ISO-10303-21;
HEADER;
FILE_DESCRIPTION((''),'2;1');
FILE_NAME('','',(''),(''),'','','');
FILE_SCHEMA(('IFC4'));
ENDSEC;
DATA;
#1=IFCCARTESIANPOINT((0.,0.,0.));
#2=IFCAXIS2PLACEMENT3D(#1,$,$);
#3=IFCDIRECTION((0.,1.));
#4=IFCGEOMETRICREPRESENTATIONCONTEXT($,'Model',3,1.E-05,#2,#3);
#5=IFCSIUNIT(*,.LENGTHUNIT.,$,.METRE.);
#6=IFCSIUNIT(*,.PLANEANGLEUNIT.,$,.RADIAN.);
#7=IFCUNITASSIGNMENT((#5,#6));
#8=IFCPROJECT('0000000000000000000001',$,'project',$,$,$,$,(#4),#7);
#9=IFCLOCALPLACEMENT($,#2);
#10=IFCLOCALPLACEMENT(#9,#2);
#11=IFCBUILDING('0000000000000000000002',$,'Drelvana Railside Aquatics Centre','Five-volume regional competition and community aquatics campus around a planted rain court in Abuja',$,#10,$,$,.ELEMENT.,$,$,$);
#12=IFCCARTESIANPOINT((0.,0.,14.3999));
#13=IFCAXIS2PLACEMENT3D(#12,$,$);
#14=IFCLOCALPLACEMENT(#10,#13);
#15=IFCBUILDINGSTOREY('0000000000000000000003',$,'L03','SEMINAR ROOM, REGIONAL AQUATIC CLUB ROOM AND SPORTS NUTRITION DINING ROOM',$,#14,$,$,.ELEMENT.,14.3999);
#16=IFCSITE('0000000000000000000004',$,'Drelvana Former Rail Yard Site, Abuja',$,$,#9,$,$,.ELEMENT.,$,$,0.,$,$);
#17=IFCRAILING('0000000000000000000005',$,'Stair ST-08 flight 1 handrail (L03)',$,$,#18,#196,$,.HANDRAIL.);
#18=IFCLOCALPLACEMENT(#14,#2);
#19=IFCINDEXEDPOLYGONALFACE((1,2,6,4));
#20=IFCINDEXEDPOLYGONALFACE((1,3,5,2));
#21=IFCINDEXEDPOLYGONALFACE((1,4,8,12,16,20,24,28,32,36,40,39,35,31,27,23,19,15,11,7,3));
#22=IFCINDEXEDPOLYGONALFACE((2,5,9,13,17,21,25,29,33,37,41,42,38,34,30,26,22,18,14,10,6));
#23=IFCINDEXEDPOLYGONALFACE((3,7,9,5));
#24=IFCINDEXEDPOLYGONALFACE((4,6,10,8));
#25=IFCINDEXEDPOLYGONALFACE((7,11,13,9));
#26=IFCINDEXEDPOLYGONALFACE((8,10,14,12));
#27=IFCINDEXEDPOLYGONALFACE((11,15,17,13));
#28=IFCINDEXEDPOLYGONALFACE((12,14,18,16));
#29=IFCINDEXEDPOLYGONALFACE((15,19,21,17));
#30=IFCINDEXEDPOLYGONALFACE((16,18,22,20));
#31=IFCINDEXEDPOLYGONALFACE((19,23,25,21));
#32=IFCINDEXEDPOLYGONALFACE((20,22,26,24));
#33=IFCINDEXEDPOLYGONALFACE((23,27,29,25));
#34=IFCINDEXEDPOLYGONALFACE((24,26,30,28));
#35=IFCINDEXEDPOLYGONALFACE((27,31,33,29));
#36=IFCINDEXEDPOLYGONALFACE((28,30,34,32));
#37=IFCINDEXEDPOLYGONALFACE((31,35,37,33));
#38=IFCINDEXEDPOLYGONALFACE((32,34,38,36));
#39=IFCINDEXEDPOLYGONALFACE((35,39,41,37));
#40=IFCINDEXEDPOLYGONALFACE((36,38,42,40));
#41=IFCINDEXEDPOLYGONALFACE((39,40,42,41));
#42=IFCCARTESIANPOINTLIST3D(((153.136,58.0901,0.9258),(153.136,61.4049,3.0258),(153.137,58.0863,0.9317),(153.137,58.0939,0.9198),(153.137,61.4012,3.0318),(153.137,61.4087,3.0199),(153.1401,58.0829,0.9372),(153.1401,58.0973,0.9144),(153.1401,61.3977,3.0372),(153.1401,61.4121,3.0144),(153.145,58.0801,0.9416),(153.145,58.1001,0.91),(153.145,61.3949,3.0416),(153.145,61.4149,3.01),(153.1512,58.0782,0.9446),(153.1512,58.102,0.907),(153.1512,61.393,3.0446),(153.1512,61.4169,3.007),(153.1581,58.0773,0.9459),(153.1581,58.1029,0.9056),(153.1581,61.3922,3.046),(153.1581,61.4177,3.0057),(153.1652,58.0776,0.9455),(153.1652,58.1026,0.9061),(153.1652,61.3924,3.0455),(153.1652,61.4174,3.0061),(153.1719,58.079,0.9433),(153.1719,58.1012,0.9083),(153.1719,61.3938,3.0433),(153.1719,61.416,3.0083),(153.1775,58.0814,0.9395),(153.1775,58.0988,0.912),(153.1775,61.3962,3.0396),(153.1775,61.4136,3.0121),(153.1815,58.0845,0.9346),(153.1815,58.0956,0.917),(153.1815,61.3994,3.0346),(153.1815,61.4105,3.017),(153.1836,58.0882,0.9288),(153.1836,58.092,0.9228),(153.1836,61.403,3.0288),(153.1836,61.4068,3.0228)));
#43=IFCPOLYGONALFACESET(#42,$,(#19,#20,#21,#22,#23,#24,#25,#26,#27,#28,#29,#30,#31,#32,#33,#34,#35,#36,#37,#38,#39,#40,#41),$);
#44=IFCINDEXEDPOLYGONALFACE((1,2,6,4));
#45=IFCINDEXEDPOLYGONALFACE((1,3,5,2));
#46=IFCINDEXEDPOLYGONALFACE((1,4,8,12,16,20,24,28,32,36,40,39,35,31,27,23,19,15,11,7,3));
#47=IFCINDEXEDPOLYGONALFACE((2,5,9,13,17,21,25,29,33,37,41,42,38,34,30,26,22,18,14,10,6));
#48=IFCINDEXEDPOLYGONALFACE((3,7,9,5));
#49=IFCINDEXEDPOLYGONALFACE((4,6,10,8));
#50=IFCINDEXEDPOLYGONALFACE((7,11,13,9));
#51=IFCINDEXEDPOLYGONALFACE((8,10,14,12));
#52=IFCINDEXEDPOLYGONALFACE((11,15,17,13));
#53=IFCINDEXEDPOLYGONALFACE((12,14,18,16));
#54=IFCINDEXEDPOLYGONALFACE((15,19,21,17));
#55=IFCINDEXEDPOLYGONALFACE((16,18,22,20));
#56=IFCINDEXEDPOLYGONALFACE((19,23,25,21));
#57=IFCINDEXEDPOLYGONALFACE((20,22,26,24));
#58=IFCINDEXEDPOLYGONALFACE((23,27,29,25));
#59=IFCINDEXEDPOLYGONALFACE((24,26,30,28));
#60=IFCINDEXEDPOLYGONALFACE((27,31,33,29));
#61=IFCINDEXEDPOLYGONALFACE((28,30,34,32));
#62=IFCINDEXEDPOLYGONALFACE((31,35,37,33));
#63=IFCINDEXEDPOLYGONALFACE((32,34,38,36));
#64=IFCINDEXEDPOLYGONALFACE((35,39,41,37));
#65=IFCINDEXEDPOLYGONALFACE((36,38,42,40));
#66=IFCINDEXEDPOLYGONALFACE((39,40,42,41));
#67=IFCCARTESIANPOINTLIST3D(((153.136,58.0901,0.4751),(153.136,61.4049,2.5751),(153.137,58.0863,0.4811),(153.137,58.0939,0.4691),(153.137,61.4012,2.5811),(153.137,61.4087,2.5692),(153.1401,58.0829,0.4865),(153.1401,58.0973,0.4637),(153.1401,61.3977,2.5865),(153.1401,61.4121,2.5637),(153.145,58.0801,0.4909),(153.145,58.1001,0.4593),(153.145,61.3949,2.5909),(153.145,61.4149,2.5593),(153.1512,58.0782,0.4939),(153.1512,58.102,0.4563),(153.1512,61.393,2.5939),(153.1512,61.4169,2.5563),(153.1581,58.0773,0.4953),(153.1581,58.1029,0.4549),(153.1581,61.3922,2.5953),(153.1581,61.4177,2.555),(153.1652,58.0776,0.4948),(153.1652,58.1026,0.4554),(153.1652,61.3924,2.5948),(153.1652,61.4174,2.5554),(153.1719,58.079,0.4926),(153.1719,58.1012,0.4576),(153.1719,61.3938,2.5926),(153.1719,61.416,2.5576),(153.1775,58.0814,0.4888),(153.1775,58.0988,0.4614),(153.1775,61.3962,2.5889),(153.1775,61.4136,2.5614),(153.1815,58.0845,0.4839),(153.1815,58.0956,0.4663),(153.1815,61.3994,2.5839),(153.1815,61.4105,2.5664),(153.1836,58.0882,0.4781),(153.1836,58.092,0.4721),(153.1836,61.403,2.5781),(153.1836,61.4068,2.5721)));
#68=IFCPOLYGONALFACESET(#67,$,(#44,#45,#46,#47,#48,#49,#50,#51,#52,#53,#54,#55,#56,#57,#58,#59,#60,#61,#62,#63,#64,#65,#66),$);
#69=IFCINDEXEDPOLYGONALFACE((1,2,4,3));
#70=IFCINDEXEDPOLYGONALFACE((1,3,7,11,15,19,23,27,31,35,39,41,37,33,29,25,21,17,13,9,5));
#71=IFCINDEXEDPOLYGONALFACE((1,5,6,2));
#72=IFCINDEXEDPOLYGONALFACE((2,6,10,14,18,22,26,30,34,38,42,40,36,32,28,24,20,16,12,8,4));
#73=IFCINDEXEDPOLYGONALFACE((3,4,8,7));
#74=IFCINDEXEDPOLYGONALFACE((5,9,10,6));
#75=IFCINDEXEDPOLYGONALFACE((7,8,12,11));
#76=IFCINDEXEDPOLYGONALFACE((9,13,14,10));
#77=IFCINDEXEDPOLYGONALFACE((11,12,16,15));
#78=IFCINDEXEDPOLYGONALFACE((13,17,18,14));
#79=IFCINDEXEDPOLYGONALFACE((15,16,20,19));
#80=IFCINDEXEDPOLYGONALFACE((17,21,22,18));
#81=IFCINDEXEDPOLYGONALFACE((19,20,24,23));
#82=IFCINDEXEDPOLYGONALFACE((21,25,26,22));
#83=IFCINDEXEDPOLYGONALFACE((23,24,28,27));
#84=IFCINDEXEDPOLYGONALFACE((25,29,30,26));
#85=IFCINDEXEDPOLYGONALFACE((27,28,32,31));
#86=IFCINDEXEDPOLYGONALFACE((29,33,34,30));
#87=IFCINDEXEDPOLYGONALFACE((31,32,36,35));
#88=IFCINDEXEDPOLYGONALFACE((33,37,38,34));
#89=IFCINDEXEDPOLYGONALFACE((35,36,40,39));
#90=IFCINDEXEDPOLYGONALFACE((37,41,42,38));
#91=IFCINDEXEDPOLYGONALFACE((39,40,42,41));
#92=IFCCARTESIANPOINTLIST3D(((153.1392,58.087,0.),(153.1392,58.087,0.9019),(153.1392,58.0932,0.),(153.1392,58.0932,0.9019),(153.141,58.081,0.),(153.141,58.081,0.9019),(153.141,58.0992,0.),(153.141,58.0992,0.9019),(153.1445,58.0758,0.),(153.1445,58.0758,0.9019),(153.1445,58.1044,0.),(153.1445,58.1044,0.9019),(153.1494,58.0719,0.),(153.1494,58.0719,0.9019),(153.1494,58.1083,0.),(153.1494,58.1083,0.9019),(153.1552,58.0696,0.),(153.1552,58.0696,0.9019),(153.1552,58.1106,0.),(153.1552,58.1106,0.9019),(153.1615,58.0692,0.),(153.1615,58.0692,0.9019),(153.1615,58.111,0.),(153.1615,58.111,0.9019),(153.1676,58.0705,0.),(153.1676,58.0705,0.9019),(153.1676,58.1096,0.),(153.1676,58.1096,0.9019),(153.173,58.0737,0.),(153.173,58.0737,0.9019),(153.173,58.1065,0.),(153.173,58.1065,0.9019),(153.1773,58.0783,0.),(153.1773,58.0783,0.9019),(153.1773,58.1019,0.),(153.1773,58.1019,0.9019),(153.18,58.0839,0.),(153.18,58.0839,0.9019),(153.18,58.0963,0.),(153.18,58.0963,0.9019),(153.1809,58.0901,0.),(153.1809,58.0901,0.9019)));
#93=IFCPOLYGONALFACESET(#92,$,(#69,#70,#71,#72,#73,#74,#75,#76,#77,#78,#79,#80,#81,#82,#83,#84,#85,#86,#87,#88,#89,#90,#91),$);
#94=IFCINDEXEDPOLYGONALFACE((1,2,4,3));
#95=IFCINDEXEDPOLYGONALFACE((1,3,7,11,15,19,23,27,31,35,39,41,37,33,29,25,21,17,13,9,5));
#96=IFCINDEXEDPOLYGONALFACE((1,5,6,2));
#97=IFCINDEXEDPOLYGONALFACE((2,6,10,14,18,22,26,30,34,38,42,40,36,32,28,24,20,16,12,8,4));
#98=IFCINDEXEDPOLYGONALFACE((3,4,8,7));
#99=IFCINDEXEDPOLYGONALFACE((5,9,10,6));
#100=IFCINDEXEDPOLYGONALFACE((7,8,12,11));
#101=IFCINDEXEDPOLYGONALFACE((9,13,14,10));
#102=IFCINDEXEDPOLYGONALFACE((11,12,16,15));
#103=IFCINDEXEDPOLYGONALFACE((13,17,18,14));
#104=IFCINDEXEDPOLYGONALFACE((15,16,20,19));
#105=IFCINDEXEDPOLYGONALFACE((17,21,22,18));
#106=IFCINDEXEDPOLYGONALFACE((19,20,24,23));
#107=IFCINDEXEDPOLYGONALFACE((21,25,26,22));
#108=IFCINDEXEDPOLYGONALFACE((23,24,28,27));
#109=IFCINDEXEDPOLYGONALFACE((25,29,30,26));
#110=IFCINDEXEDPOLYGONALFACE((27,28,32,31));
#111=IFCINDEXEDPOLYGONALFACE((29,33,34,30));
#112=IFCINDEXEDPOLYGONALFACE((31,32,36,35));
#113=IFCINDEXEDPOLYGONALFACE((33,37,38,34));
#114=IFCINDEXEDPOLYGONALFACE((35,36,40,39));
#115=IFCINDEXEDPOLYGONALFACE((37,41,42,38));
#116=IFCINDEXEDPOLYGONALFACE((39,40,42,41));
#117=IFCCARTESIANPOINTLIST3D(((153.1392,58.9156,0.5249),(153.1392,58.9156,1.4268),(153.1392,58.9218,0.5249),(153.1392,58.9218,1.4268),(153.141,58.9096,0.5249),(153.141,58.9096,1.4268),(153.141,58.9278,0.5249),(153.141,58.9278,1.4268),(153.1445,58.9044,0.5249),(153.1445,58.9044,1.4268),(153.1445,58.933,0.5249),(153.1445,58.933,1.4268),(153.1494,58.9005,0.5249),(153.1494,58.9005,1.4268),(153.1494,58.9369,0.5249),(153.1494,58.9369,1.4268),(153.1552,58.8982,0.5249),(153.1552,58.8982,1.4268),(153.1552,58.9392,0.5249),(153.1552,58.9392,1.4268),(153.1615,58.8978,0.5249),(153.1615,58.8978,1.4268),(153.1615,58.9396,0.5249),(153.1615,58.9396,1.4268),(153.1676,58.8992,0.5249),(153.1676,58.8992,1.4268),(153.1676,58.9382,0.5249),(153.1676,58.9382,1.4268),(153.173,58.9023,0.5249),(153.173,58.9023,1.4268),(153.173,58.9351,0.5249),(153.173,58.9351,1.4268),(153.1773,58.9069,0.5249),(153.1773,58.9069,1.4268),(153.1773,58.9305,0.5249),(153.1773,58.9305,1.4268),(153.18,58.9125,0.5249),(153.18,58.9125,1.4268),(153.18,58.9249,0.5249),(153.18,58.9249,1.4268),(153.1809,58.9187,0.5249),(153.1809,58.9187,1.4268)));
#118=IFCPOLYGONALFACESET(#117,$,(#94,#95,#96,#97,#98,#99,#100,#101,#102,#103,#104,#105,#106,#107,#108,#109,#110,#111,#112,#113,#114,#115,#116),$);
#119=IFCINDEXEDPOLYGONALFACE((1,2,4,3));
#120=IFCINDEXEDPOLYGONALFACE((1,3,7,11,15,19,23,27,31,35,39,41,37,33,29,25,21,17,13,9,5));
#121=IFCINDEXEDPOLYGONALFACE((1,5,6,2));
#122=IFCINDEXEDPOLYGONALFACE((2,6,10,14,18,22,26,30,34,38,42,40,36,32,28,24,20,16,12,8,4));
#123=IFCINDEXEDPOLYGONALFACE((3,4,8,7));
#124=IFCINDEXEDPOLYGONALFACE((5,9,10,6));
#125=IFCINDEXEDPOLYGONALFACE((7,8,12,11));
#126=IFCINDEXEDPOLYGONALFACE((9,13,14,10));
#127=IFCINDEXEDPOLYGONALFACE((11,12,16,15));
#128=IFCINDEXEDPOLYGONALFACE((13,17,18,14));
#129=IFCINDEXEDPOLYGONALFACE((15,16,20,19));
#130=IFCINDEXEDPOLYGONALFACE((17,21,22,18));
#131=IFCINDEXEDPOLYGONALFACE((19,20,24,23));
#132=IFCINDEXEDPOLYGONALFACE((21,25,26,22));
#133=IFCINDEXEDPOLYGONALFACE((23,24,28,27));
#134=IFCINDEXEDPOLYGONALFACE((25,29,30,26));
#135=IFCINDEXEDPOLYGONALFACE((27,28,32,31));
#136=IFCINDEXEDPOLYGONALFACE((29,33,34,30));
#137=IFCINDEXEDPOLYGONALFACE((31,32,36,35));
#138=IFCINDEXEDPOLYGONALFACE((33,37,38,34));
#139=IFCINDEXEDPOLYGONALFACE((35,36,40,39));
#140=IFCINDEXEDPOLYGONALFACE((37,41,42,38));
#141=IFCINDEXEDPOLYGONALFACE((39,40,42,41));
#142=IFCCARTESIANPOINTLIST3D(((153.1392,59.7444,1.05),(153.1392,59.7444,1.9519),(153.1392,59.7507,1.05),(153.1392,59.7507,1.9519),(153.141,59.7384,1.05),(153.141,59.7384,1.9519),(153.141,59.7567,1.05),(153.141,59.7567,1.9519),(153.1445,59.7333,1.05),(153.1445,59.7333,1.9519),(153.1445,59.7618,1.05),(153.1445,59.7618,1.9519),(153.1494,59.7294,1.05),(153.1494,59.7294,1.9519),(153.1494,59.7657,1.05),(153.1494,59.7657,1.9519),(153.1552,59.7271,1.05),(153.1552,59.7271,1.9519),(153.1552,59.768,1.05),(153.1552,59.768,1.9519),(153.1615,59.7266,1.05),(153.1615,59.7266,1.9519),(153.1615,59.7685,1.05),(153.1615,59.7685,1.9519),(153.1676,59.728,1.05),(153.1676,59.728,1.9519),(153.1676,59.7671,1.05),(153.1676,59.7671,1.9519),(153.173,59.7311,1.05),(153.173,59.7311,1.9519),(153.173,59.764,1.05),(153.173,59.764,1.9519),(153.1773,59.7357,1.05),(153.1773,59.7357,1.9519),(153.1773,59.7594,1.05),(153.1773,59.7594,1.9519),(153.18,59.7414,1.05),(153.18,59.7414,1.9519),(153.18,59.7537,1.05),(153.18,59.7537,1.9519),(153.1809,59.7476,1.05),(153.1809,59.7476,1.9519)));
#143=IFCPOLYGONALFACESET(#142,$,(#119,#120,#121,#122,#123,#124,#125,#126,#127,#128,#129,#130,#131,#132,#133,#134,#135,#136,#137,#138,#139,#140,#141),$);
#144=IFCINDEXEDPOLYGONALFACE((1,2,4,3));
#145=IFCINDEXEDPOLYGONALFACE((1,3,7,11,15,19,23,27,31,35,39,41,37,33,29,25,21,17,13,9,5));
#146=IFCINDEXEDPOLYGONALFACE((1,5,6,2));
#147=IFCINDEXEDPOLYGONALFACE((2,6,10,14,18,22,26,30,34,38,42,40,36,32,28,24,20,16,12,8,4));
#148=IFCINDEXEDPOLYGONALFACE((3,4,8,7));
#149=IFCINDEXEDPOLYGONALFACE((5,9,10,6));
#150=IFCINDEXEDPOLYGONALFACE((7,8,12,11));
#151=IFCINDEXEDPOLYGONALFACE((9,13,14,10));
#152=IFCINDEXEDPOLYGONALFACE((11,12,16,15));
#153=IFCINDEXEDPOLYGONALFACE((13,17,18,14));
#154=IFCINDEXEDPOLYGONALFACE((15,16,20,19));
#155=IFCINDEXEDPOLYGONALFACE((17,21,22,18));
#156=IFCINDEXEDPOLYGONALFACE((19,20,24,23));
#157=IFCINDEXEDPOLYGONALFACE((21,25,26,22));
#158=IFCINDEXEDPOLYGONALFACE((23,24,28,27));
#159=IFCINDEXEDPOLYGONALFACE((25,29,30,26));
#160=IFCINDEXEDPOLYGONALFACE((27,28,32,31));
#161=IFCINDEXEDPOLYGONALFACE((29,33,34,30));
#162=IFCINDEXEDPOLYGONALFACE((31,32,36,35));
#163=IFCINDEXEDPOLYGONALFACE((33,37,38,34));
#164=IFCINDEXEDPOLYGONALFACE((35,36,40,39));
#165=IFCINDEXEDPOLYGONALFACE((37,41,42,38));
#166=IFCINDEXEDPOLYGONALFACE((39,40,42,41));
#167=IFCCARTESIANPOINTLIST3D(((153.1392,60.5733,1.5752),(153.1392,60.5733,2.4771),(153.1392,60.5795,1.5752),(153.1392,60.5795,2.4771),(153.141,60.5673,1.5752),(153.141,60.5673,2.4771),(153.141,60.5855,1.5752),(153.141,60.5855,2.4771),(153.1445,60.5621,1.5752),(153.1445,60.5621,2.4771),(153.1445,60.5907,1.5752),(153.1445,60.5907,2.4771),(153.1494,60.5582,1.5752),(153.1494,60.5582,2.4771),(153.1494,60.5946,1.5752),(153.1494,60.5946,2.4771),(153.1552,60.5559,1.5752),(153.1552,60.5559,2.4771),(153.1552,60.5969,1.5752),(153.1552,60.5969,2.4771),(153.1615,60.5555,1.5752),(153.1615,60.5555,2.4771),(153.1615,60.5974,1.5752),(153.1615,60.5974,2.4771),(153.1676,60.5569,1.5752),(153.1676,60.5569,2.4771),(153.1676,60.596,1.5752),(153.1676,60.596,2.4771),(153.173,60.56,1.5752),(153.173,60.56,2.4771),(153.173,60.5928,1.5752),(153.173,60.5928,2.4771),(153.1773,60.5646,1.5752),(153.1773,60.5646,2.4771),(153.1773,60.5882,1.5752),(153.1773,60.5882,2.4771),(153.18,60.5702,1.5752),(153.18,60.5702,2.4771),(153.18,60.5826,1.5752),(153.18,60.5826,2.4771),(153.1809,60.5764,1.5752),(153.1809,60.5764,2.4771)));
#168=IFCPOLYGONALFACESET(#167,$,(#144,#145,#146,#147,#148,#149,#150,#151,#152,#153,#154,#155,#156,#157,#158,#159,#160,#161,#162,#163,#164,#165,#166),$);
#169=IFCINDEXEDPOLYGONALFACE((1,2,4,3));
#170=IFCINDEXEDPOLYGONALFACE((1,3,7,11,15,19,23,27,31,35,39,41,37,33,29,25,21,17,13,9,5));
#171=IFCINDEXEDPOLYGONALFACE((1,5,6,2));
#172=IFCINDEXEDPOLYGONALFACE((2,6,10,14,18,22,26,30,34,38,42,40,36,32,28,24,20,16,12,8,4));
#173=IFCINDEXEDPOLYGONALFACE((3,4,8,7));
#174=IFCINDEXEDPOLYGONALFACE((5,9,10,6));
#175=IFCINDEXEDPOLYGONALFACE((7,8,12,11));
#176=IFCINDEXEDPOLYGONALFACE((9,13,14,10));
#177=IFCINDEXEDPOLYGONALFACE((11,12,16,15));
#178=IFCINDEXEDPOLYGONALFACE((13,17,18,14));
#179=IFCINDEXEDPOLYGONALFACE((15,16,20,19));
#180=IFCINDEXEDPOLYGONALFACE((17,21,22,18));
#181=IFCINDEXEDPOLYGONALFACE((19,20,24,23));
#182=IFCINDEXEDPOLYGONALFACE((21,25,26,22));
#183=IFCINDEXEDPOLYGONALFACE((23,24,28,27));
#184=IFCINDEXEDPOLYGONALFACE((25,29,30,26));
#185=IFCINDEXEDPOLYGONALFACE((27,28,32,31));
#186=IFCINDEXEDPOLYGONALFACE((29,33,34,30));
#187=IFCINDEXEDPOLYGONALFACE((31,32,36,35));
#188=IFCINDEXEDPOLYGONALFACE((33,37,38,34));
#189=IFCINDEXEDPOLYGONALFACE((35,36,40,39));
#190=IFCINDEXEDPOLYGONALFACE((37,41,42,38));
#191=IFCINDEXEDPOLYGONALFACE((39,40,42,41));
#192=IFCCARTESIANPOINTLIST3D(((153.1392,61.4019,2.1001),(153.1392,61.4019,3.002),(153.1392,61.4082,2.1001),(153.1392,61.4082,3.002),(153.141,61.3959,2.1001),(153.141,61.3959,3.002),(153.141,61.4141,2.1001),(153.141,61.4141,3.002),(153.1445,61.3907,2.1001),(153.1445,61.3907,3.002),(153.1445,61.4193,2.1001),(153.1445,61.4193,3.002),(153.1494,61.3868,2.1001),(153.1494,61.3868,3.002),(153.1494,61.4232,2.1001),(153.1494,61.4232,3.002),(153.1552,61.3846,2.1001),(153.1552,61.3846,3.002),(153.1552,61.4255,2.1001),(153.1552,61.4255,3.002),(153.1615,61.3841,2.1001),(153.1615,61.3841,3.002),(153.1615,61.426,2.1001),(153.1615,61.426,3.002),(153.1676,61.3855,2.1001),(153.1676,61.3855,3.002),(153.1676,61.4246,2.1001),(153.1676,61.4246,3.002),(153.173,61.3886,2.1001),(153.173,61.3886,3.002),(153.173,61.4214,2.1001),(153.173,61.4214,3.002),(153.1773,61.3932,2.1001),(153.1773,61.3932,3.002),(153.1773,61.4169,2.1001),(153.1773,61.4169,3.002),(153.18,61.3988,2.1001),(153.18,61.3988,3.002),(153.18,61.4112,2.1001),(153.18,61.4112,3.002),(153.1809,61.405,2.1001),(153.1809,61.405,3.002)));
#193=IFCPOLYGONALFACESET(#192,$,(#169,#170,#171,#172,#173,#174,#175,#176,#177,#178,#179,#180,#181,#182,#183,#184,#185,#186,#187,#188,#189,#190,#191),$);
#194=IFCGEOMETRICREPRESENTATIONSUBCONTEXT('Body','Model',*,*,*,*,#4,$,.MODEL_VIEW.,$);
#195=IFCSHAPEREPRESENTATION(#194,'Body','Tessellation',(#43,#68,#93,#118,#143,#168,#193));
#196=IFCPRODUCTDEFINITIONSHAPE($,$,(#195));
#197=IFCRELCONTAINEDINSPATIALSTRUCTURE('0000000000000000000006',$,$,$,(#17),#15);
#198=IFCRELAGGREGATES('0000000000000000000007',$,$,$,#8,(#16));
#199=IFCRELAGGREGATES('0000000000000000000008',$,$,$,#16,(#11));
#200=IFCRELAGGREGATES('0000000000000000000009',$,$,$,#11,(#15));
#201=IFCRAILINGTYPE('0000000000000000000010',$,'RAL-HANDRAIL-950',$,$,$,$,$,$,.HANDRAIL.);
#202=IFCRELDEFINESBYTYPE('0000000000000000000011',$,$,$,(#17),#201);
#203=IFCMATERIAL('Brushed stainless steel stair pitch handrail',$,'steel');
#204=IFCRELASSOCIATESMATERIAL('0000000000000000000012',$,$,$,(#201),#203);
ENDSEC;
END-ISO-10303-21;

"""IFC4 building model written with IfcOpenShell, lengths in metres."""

from ifc_helpers import new_model, si_unit, direction, frame, origin, origin_2d, place, context, subcontext, project, spatial, circle, extrude, material, type_object, element, save


model = new_model("IFC4")

# Units and contexts
model_context = context("Model", 3, precision=1e-05, world=origin(), true_north=direction((0.0, 1.0)))
body_context = subcontext(model_context, "Body", "Model", "MODEL_VIEW")
ifc_project = project(units=[si_unit("LENGTHUNIT", "METRE"), si_unit("PLANEANGLEUNIT", "RADIAN")], contexts=[model_context])

# Site, building, storey
site_placement = place(None, origin())
site = spatial("IfcSite", under=ifc_project, at=site_placement, Name="Drelvana Former Rail Yard Site, Abuja", CompositionType="ELEMENT", RefElevation=0.0)
building_placement = place(site_placement, origin())
building = spatial("IfcBuilding", under=site, at=building_placement, Name="Drelvana Railside Aquatics Centre", Description="Five-volume regional competition and community aquatics campus around a planted rain court in Abuja", CompositionType="ELEMENT")
storey_placement = place(building_placement, frame((0.0, 0.0, 14.3999)))
storey = spatial("IfcBuildingStorey", under=building, at=storey_placement, Name="L03", Description="SEMINAR ROOM, REGIONAL AQUATIC CLUB ROOM AND SPORTS NUTRITION DINING ROOM", CompositionType="ELEMENT", Elevation=14.3999)

# Railing
ifc_material_1 = material(Name="Brushed stainless steel stair pitch handrail", Category="steel")
railing_type = type_object("IfcRailingType", Name="RAL-HANDRAIL-950", PredefinedType="HANDRAIL", material=ifc_material_1)
railing_1_placement = place(storey_placement, frame((153.1599, 58.0901, 0.0)))
element("IfcRailing", 1, at=railing_1_placement, inside=storey, type_object=railing_type, Name="Stair ST-08 flight 1 handrail (L03)", PredefinedType="HANDRAIL", context=body_context, shape_type="SweptSolid", body=[
    extrude(circle(Radius=0.0239, at=origin_2d()), frame((0.0, 0.0, 0.9258), z_axis=(0.0, 0.844746, 0.535168), x_axis=(-1.0, 0.0, 0.0)), (0.0, 0.0, 1.0), 3.9241),
    extrude(circle(Radius=0.0239, at=origin_2d()), frame((0.0, 0.0, 0.4751), z_axis=(0.0, 0.844746, 0.535168), x_axis=(-1.0, 0.0, 0.0)), (0.0, 0.0, 1.0), 3.9241),
    extrude(circle(Radius=0.021, at=origin_2d()), origin(), (0.0, 0.0, 1.0), 0.9019),
    extrude(circle(Radius=0.021, at=origin_2d()), frame((0.0, 0.8286, 0.5249)), (0.0, 0.0, 1.0), 0.9019),
    extrude(circle(Radius=0.021, at=origin_2d()), frame((0.0, 1.6575, 1.05)), (0.0, 0.0, 1.0), 0.9019),
    extrude(circle(Radius=0.021, at=origin_2d()), frame((0.0, 2.4863, 1.5752)), (0.0, 0.0, 1.0), 0.9019),
    extrude(circle(Radius=0.021, at=origin_2d()), frame((0.0, 3.3149, 2.1001)), (0.0, 0.0, 1.0), 0.9019),
])

save(model, "model.ifc")
